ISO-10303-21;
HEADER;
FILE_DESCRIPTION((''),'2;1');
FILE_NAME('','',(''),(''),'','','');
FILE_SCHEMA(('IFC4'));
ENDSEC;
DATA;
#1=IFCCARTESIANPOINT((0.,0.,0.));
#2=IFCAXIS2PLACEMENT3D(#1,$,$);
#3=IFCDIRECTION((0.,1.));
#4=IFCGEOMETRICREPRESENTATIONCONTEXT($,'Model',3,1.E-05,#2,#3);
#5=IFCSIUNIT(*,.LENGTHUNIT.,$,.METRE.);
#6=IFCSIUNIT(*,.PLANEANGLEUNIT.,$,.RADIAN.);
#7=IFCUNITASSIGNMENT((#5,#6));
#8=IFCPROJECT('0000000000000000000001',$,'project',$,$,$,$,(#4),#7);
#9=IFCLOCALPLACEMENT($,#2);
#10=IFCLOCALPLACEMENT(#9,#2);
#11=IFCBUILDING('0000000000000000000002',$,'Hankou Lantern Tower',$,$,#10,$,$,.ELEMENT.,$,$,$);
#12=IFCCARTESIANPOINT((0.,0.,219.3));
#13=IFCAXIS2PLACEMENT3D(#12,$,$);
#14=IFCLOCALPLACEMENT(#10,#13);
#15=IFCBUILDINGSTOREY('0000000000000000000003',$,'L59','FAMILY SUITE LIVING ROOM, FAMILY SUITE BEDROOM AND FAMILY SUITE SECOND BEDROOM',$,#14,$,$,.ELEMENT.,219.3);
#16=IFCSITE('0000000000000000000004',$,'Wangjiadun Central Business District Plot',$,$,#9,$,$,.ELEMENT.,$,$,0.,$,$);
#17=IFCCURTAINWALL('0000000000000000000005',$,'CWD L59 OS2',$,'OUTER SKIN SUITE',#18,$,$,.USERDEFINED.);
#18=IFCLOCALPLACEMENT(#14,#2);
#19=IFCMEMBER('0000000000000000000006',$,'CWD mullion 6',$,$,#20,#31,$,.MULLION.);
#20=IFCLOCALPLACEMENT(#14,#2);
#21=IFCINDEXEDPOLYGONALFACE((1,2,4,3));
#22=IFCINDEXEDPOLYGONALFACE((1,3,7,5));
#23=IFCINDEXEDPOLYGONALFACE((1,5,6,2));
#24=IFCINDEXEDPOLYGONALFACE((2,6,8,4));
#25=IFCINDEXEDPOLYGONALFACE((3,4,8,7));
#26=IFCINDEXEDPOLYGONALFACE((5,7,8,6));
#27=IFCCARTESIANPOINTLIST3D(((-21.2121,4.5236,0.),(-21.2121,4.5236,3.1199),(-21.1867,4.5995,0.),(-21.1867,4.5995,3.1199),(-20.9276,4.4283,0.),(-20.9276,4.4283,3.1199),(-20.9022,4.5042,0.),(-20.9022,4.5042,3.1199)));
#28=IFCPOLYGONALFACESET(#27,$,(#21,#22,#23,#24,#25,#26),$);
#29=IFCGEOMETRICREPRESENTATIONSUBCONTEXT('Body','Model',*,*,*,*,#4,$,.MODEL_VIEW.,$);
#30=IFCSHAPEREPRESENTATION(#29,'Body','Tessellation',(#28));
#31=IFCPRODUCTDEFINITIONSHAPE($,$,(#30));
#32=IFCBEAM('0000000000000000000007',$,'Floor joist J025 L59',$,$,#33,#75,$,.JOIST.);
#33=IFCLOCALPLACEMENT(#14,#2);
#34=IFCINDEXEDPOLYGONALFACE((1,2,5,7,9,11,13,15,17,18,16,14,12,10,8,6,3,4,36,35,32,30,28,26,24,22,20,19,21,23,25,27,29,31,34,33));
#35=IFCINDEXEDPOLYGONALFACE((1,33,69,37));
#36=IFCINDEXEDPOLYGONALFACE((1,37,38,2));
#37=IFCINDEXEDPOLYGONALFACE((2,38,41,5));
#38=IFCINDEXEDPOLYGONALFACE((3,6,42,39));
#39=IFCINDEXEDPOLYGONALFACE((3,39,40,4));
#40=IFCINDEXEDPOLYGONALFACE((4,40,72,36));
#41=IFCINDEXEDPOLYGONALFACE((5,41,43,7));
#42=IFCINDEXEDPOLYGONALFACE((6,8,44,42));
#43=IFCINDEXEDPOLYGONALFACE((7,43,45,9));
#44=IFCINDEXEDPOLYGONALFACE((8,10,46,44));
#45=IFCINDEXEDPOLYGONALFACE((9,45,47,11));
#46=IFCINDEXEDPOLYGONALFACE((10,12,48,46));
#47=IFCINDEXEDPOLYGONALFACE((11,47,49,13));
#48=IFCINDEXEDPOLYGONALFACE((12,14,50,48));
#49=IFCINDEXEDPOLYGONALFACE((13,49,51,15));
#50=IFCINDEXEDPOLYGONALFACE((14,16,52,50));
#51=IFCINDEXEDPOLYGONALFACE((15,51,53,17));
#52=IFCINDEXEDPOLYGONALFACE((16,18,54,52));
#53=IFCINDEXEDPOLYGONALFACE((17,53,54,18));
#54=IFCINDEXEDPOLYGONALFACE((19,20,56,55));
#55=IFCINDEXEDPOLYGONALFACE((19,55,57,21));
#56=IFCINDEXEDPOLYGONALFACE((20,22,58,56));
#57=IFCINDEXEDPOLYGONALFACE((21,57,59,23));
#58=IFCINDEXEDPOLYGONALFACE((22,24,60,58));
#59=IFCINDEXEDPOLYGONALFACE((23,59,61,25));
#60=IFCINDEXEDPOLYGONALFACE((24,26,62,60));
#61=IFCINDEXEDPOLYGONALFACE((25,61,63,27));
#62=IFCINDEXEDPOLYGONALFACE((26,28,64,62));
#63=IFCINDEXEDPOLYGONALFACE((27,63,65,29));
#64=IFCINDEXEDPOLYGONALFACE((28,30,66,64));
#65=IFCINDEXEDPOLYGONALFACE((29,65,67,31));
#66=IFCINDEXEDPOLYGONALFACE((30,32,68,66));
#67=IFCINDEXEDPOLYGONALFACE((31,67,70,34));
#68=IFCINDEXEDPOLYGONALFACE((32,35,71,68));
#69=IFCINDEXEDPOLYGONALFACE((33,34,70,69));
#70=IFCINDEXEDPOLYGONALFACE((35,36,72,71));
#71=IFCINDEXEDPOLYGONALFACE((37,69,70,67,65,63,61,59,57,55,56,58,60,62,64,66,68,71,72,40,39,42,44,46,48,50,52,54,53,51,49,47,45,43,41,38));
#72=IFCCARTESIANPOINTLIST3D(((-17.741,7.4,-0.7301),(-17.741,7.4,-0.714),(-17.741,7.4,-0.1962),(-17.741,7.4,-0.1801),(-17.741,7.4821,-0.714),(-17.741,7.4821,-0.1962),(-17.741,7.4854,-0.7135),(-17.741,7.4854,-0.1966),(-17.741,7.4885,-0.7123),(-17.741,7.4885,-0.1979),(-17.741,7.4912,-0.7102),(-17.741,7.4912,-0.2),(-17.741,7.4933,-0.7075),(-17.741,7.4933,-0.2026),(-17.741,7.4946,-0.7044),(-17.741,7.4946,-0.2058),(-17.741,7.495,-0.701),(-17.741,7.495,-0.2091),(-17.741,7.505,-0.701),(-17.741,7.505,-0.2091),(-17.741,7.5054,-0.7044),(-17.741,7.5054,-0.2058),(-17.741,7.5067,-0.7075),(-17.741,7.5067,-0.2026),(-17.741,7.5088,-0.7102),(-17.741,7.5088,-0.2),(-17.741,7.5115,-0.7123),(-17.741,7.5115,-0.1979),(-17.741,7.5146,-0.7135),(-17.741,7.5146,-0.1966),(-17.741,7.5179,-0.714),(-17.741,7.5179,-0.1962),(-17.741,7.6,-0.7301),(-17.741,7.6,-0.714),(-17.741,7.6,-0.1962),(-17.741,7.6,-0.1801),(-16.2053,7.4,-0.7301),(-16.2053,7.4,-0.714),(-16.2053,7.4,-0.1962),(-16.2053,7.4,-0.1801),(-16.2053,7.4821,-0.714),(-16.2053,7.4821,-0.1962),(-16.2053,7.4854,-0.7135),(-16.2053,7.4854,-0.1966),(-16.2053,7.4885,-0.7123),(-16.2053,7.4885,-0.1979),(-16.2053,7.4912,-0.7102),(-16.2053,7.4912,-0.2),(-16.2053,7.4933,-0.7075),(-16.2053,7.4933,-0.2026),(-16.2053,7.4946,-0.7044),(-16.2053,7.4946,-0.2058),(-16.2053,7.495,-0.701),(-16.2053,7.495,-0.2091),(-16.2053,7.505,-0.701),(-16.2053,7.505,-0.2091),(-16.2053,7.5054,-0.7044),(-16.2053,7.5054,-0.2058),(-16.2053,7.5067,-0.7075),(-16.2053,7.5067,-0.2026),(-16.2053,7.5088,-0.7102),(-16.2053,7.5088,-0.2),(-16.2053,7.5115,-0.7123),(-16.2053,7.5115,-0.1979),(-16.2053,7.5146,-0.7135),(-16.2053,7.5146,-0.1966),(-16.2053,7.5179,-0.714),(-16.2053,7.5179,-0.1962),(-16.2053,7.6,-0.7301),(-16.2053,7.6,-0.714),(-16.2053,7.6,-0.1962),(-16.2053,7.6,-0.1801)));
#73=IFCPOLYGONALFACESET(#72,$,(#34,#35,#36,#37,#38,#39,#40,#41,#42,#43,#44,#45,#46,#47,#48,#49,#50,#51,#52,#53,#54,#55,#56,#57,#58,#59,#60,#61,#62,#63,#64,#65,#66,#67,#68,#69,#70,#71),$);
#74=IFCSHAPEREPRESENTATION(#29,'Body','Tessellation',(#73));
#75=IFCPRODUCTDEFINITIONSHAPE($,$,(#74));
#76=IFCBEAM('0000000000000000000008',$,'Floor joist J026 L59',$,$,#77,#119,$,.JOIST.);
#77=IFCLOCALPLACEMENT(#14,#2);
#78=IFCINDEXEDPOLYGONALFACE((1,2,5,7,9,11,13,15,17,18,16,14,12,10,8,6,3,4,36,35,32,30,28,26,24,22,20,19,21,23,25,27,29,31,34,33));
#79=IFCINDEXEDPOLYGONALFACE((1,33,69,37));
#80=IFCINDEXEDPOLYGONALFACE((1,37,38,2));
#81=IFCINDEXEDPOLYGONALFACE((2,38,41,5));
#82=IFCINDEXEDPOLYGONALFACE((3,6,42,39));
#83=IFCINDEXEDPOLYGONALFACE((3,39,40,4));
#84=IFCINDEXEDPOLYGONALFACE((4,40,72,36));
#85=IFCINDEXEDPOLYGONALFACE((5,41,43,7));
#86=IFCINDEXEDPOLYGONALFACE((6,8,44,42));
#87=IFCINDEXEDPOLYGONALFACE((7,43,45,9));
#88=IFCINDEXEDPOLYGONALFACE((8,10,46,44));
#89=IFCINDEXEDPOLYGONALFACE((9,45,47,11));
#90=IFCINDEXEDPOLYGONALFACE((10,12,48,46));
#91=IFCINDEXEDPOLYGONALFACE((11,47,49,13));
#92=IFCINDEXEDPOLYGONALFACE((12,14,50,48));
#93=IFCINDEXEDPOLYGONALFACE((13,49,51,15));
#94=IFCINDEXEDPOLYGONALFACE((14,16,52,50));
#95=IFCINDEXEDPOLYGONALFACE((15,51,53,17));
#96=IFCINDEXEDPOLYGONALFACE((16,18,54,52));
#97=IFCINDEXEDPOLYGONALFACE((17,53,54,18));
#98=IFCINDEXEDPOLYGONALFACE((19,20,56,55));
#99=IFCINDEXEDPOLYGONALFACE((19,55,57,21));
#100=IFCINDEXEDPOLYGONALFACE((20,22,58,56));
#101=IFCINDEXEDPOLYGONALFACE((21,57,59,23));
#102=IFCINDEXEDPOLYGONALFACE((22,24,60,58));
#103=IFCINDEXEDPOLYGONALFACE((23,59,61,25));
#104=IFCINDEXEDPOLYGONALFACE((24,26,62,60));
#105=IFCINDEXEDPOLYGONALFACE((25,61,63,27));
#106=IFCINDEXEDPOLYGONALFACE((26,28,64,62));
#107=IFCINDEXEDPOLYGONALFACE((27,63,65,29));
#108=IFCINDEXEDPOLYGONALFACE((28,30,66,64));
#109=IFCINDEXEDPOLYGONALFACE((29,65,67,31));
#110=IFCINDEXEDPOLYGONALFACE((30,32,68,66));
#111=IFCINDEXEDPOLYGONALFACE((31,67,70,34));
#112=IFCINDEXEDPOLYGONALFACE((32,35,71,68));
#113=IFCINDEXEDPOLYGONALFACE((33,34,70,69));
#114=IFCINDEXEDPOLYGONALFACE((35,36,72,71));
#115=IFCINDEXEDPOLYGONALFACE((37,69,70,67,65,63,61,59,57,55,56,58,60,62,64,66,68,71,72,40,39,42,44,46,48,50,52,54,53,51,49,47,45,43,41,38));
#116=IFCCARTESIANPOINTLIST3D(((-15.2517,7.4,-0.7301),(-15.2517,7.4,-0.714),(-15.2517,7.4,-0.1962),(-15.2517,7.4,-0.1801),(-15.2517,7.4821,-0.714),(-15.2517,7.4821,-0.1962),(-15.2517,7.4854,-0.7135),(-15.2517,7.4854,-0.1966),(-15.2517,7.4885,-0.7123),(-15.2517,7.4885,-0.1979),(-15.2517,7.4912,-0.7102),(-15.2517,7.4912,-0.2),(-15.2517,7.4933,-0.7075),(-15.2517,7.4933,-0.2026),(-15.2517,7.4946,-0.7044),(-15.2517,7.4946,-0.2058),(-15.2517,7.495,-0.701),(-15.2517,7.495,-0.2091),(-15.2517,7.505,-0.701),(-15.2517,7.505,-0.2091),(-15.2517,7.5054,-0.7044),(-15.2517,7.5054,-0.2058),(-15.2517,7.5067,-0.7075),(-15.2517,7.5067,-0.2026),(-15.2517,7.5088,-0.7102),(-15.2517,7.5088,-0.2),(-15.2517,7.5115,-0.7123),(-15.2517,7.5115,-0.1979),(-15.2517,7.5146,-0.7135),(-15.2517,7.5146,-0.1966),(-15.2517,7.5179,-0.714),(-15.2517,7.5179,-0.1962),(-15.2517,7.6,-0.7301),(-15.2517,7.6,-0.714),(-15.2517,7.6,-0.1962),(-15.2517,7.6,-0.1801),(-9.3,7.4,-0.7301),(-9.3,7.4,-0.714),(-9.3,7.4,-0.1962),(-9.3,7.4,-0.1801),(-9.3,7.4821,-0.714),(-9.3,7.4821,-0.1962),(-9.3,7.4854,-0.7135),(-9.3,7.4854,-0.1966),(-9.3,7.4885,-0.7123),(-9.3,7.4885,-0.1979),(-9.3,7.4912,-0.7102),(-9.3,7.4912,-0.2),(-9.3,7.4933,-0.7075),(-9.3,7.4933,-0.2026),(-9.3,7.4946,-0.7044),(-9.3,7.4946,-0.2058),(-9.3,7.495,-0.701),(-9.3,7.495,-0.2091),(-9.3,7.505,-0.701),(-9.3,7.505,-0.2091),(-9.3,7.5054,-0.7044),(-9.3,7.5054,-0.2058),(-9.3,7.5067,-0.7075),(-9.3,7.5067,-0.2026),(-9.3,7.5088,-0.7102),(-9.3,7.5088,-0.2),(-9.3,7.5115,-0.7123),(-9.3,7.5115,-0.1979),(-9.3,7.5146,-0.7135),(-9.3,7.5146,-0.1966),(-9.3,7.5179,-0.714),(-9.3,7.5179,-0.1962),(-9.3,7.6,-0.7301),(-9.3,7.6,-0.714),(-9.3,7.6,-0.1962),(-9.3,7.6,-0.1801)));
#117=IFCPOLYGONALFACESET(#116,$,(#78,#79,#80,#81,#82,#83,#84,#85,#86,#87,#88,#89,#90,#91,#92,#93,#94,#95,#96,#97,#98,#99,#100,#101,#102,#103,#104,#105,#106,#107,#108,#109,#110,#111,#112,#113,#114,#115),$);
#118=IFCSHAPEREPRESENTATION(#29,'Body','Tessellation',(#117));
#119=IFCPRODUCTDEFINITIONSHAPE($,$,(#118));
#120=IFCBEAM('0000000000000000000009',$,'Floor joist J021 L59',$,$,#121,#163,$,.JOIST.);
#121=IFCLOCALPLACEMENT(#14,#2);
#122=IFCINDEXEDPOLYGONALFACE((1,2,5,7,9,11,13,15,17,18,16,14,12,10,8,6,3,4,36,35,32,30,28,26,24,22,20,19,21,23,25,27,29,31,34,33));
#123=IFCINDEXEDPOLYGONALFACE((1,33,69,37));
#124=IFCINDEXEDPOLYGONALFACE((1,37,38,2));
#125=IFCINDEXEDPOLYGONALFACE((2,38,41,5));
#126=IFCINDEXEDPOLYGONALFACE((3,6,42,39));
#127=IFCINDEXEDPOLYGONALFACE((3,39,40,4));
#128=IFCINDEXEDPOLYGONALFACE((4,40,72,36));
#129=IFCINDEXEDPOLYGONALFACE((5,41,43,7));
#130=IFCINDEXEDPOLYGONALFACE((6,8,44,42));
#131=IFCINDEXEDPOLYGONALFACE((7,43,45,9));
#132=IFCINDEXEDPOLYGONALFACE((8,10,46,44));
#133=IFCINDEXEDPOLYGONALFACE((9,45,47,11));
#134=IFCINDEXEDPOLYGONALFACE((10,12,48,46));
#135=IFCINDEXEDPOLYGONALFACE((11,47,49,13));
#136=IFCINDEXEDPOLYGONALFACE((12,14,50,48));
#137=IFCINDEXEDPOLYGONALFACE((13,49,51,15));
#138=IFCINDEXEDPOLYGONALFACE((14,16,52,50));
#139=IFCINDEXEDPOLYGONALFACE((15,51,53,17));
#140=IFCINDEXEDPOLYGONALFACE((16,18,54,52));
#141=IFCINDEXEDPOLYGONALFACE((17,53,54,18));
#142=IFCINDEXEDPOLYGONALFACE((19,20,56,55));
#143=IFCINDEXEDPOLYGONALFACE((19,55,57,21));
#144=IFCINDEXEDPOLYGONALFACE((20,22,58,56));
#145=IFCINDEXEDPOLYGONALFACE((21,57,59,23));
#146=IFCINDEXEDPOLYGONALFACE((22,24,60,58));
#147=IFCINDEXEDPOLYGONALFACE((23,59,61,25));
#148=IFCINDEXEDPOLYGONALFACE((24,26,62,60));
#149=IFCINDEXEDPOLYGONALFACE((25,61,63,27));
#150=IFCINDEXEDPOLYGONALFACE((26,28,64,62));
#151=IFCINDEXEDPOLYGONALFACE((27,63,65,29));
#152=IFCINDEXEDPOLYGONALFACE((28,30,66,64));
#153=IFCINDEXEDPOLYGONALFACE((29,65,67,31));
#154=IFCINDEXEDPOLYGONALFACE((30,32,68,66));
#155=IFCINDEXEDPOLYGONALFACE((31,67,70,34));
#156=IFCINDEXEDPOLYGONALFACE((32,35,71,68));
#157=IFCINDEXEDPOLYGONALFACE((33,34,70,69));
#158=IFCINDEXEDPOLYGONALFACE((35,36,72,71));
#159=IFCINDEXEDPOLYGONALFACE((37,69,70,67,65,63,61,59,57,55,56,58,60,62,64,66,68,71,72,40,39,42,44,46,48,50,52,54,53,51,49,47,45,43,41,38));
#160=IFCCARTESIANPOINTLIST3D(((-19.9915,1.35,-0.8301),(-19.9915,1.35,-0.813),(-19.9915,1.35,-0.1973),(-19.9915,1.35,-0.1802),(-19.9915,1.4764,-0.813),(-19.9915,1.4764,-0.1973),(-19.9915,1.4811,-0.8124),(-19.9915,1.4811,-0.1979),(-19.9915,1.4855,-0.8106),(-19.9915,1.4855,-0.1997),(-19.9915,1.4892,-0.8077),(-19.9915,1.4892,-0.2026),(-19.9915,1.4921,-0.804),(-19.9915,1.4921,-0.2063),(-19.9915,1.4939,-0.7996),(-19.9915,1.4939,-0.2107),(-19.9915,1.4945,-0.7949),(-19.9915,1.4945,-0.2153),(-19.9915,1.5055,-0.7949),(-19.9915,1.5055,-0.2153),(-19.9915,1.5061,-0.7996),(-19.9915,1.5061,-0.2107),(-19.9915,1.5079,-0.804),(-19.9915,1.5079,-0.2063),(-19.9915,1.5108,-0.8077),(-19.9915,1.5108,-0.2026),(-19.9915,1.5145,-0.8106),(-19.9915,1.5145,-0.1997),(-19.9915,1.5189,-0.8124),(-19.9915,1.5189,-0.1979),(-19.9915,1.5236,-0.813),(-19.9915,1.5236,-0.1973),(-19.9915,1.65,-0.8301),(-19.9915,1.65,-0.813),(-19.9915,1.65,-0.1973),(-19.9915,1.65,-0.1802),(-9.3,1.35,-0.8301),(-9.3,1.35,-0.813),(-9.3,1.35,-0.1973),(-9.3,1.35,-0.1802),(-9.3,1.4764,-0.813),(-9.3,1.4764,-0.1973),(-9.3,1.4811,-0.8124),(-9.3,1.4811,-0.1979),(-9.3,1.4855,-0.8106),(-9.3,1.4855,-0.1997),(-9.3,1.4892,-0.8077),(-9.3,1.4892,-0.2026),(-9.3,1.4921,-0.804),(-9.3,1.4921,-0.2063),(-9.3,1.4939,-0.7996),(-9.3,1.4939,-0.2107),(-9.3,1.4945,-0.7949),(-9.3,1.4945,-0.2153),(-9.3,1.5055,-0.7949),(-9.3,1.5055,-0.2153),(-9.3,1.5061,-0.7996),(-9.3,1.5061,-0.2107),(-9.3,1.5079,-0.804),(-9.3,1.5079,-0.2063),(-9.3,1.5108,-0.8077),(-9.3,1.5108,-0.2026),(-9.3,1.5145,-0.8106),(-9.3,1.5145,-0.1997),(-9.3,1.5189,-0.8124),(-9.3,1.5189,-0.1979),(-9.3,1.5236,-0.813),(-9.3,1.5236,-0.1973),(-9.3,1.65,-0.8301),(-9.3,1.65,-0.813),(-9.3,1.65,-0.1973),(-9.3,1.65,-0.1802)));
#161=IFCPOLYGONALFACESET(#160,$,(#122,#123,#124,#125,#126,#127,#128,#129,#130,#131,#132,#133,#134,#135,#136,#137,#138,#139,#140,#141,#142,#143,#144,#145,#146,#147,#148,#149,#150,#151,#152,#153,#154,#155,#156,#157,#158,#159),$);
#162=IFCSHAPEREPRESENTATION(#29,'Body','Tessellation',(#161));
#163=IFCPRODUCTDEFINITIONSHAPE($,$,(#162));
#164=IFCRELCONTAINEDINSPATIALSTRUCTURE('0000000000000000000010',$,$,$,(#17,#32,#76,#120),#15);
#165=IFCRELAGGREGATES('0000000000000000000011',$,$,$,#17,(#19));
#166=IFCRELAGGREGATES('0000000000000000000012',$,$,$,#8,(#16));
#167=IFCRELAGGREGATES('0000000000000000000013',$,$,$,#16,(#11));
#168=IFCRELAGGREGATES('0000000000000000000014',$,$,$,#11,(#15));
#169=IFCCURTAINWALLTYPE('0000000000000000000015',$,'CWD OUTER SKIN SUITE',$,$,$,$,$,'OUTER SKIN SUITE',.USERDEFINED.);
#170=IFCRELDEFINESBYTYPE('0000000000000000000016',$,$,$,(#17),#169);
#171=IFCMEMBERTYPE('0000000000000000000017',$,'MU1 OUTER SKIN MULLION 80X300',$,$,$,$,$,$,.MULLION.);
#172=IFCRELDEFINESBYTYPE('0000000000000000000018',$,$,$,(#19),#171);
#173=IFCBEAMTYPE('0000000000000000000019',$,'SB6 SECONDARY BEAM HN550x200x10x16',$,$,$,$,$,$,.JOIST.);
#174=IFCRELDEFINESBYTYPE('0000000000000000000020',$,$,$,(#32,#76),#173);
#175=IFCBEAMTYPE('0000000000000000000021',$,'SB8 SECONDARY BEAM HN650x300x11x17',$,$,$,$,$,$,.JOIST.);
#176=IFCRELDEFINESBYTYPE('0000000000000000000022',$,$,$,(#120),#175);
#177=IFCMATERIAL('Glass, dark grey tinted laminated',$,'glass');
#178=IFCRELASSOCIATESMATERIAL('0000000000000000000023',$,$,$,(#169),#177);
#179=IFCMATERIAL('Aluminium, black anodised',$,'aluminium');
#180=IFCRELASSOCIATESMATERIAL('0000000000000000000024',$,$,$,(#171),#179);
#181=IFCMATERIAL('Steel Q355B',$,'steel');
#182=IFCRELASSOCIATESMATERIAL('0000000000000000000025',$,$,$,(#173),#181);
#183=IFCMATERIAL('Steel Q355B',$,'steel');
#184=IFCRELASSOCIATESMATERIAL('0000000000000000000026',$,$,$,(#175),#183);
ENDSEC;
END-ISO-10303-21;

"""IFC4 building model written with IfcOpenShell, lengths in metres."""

from ifc_helpers import new_model, si_unit, direction, frame, origin, origin_2d, place, context, subcontext, project, spatial, rectangle, i_section, extrude, material, material_profile, profile_set, type_object, element, aggregate, save


model = new_model("IFC4")

# Units and contexts
model_context = context("Model", 3, precision=1e-05, world=origin(), true_north=direction((0.0, 1.0)))
body_context = subcontext(model_context, "Body", "Model", "MODEL_VIEW")
ifc_project = project(units=[si_unit("LENGTHUNIT", "METRE"), si_unit("PLANEANGLEUNIT", "RADIAN")], contexts=[model_context])

# Site, building, storey
site_placement = place(None, origin())
site = spatial("IfcSite", under=ifc_project, at=site_placement, Name="Wangjiadun Central Business District Plot", CompositionType="ELEMENT", RefElevation=0.0)
building_placement = place(site_placement, origin())
building = spatial("IfcBuilding", under=site, at=building_placement, Name="Hankou Lantern Tower", CompositionType="ELEMENT")
storey_placement = place(building_placement, frame((0.0, 0.0, 219.3)))
storey = spatial("IfcBuildingStorey", under=building, at=storey_placement, Name="L59", Description="FAMILY SUITE LIVING ROOM, FAMILY SUITE BEDROOM AND FAMILY SUITE SECOND BEDROOM", CompositionType="ELEMENT", Elevation=219.3)

# Curtain wall, member
ifc_material_1 = material(Name="Glass, dark grey tinted laminated", Category="glass")
curtain_wall_type = type_object("IfcCurtainWallType", Name="CWD OUTER SKIN SUITE", ElementType="OUTER SKIN SUITE", PredefinedType="USERDEFINED", material=ifc_material_1)
curtain_wall_placement = place(storey_placement, origin())
curtain_wall = element("IfcCurtainWall", 1, at=curtain_wall_placement, inside=storey, type_object=curtain_wall_type, Name="CWD L59 OS2", ObjectType="OUTER SKIN SUITE", PredefinedType="USERDEFINED")
ifc_material_2 = material(Name="Aluminium, black anodised", Category="aluminium")
ifc_material_profile_1 = material_profile(ifc_material_2, rectangle(XDim=0.0801, YDim=0.3, at=origin_2d()), Name="MU1 80X300")
ifc_profile_set_1 = profile_set([ifc_material_profile_1], Name="Aluminium, black anodised")
member_type_1 = type_object("IfcMemberType", Name="MU1 OUTER SKIN MULLION 80X300", PredefinedType="MULLION", material=ifc_profile_set_1)
member_1_placement = place(storey_placement, frame((-21.0571, 4.5139, 0.0), z_axis=(0.0, 0.0, 1.0), x_axis=(-0.317596, -0.948226, 0.0)))
member_1 = element("IfcMember", 2, at=member_1_placement, type_object=member_type_1, Name="CWD mullion 6", PredefinedType="MULLION", context=body_context, shape_type="SweptSolid", body=[
    extrude(rectangle(XDim=0.0801, YDim=0.3, at=origin_2d()), origin(), (0.0, 0.0, 1.0), 3.1199),
])

# Beams
ifc_material_3 = material(Name="Steel Q355B", Category="steel")
ifc_material_profile_2 = material_profile(ifc_material_3, i_section(OverallWidth=0.2, OverallDepth=0.55, WebThickness=0.01, FlangeThickness=0.0161, FilletRadius=0.0129, at=origin_2d()), Name="HN550x200x10x16")
ifc_profile_set_2 = profile_set([ifc_material_profile_2], Name="Steel Q355B")
beam_type_1 = type_object("IfcBeamType", Name="SB6 SECONDARY BEAM HN550x200x10x16", PredefinedType="JOIST", material=ifc_profile_set_2)
beam_1_placement = place(storey_placement, frame((-17.741, 7.5, -0.4551), z_axis=(1.0, 0.0, 0.0), x_axis=(0.0, 1.0, 0.0)))
element("IfcBeam", 3, at=beam_1_placement, inside=storey, type_object=beam_type_1, Name="Floor joist J025 L59", PredefinedType="JOIST", context=body_context, shape_type="SweptSolid", body=[
    extrude(i_section(OverallWidth=0.2, OverallDepth=0.55, WebThickness=0.01, FlangeThickness=0.0161, FilletRadius=0.0129, at=origin_2d()), origin(), (0.0, 0.0, 1.0), 1.5356),
])
beam_2_placement = place(storey_placement, frame((-15.2517, 7.5, -0.4551), z_axis=(1.0, 0.0, 0.0), x_axis=(0.0, 1.0, 0.0)))
element("IfcBeam", 4, at=beam_2_placement, inside=storey, type_object=beam_type_1, Name="Floor joist J026 L59", PredefinedType="JOIST", context=body_context, shape_type="SweptSolid", body=[
    extrude(i_section(OverallWidth=0.2, OverallDepth=0.55, WebThickness=0.01, FlangeThickness=0.0161, FilletRadius=0.0129, at=origin_2d()), origin(), (0.0, 0.0, 1.0), 5.9517),
])
ifc_material_4 = material(Name="Steel Q355B", Category="steel")
ifc_material_profile_3 = material_profile(ifc_material_4, i_section(OverallWidth=0.3, OverallDepth=0.6499, WebThickness=0.011, FlangeThickness=0.0171, FilletRadius=0.0181, at=origin_2d()), Name="HN650x300x11x17")
ifc_profile_set_3 = profile_set([ifc_material_profile_3], Name="Steel Q355B")
beam_type_2 = type_object("IfcBeamType", Name="SB8 SECONDARY BEAM HN650x300x11x17", PredefinedType="JOIST", material=ifc_profile_set_3)
beam_3_placement = place(storey_placement, frame((-19.9915, 1.5, -0.5051), z_axis=(1.0, 0.0, 0.0), x_axis=(0.0, 1.0, 0.0)))
element("IfcBeam", 5, at=beam_3_placement, inside=storey, type_object=beam_type_2, Name="Floor joist J021 L59", PredefinedType="JOIST", context=body_context, shape_type="SweptSolid", body=[
    extrude(i_section(OverallWidth=0.3, OverallDepth=0.6499, WebThickness=0.011, FlangeThickness=0.0171, FilletRadius=0.0181, at=origin_2d()), origin(), (0.0, 0.0, 1.0), 10.6914),
])

aggregate(curtain_wall, [member_1])

save(model, "model.ifc")
